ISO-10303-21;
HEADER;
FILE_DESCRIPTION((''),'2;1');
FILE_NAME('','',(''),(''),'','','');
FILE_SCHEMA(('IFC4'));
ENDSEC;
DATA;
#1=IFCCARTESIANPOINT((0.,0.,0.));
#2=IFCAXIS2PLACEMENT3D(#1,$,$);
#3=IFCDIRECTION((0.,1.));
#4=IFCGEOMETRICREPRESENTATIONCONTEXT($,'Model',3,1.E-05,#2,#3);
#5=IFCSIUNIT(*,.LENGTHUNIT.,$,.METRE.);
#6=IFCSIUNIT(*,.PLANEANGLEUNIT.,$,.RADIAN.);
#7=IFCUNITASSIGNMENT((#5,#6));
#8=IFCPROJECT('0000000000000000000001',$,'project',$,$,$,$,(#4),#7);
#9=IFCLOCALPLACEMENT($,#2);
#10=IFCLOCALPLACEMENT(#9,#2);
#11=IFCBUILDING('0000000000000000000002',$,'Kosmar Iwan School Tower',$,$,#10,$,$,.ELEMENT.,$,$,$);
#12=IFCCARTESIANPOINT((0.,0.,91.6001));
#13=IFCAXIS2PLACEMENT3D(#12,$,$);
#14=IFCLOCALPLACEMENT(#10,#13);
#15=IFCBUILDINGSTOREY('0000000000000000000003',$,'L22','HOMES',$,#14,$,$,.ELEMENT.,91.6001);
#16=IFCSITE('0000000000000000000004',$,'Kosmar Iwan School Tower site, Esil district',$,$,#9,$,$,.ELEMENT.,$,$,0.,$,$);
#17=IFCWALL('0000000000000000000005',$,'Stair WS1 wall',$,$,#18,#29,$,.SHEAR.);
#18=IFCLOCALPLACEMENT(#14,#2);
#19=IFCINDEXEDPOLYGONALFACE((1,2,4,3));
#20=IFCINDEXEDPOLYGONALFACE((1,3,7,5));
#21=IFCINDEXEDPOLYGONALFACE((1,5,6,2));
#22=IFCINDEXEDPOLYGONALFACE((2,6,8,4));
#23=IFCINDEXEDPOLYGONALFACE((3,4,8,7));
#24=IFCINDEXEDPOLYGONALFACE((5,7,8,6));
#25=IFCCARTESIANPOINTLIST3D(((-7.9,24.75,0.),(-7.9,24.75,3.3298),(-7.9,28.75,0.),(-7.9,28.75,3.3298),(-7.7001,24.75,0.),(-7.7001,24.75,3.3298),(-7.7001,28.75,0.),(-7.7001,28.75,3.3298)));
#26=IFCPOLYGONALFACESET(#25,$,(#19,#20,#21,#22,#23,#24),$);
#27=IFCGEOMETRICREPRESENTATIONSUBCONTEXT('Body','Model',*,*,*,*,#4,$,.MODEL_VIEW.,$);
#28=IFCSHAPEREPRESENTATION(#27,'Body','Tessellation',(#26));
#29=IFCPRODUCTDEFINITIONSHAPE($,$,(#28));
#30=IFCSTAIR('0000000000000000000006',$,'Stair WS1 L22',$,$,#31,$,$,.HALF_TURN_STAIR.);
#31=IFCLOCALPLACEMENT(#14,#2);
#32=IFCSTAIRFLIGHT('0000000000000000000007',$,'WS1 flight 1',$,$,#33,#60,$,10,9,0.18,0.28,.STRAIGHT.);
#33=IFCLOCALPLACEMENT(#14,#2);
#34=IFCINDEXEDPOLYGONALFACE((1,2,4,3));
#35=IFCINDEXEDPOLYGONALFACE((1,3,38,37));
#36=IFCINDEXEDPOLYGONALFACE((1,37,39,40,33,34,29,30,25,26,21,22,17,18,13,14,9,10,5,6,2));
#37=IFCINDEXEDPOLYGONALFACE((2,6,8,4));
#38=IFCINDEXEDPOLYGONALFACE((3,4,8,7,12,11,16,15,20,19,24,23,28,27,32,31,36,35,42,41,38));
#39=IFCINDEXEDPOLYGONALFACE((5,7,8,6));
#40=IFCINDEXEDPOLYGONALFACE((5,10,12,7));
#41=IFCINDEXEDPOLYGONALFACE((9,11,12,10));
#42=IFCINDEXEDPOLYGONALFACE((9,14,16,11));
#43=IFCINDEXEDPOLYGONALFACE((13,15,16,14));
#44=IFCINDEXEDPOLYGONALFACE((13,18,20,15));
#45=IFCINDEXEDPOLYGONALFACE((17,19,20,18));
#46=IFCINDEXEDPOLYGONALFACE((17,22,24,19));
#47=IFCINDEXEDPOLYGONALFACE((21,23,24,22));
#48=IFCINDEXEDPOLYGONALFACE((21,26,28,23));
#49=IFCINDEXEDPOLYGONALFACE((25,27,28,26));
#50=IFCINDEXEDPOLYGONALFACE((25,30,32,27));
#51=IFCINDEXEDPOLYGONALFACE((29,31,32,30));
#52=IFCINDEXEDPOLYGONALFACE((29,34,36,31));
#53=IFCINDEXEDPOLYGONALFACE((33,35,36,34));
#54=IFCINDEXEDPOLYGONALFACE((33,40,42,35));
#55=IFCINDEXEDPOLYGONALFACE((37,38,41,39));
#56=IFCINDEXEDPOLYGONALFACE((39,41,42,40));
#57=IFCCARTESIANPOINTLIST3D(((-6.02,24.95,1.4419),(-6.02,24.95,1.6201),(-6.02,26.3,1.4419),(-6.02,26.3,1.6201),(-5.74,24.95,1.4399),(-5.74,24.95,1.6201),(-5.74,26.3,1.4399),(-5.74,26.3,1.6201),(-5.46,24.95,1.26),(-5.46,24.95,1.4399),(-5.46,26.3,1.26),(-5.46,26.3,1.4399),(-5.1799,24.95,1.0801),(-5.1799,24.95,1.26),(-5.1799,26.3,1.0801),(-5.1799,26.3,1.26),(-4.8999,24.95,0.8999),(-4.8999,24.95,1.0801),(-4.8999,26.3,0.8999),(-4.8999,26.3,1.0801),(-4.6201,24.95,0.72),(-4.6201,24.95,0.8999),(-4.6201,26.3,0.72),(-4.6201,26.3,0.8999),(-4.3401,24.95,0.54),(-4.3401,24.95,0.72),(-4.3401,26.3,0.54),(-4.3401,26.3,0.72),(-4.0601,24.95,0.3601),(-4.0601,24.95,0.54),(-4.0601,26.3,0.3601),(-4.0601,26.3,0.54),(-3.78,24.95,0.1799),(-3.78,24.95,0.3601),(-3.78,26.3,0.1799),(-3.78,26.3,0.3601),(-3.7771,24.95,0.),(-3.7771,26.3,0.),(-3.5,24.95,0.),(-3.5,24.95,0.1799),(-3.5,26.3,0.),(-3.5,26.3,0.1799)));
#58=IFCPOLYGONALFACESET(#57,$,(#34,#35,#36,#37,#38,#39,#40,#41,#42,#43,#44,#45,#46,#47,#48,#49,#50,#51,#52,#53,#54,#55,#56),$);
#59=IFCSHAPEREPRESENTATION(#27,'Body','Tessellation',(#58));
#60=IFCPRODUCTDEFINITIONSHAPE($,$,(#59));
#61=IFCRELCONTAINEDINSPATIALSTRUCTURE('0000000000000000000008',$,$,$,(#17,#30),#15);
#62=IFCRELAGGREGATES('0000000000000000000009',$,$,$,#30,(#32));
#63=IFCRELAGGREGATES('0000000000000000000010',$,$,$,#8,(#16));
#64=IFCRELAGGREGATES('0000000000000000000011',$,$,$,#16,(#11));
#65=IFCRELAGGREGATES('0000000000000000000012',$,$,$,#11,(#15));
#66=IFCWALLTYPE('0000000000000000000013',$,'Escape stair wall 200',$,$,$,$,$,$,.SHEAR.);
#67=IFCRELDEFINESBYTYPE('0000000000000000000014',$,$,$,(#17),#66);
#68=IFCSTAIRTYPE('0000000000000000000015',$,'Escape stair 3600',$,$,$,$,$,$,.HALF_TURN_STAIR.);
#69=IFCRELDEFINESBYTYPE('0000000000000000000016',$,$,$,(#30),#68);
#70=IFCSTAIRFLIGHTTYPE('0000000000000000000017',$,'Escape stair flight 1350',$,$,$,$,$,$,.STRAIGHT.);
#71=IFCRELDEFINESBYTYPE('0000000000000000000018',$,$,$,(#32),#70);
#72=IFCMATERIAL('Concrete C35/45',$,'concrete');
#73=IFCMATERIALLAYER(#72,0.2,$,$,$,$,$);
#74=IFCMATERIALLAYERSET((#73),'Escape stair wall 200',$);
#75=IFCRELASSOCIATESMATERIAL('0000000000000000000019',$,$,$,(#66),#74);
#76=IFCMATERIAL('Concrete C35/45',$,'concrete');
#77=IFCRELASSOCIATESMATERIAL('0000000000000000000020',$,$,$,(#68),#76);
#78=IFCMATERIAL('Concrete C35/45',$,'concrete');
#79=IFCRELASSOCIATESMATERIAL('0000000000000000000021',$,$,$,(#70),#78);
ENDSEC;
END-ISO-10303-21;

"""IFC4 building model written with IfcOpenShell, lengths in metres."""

from ifc_helpers import new_model, si_unit, direction, frame, frame_2d, origin, place, context, subcontext, project, spatial, polyline, rectangle, outline, extrude, material, layer, layer_set, type_object, element, aggregate, save


model = new_model("IFC4")

# Units and contexts
model_context = context("Model", 3, precision=1e-05, world=origin(), true_north=direction((0.0, 1.0)))
body_context = subcontext(model_context, "Body", "Model", "MODEL_VIEW")
ifc_project = project(units=[si_unit("LENGTHUNIT", "METRE"), si_unit("PLANEANGLEUNIT", "RADIAN")], contexts=[model_context])

# Site, building, storey
site_placement = place(None, origin())
site = spatial("IfcSite", under=ifc_project, at=site_placement, Name="Kosmar Iwan School Tower site, Esil district", CompositionType="ELEMENT", RefElevation=0.0)
building_placement = place(site_placement, origin())
building = spatial("IfcBuilding", under=site, at=building_placement, Name="Kosmar Iwan School Tower", CompositionType="ELEMENT")
storey_placement = place(building_placement, frame((0.0, 0.0, 91.6001)))
storey = spatial("IfcBuildingStorey", under=building, at=storey_placement, Name="L22", Description="HOMES", CompositionType="ELEMENT", Elevation=91.6001)

# Wall
ifc_material_1 = material(Name="Concrete C35/45", Category="concrete")
ifc_layer_1 = layer(ifc_material_1, 0.2)
ifc_layer_set_1 = layer_set([ifc_layer_1], Name="Escape stair wall 200")
wall_type_1 = type_object("IfcWallType", Name="Escape stair wall 200", PredefinedType="SHEAR", material=ifc_layer_set_1)
wall_1_placement = place(storey_placement, frame((-7.8, 24.75, 0.0), z_axis=(0.0, 0.0, 1.0), x_axis=(0.0, 1.0, 0.0)))
element("IfcWall", 1, at=wall_1_placement, inside=storey, type_object=wall_type_1, Name="Stair WS1 wall", PredefinedType="SHEAR", context=body_context, shape_type="SweptSolid", body=[
    extrude(rectangle(XDim=4.0, YDim=0.2, at=frame_2d((2.0, 0.0))), origin(), (0.0, 0.0, 1.0), 3.3298),
])

# Stair, stair flight
ifc_material_2 = material(Name="Concrete C35/45", Category="concrete")
stair_type = type_object("IfcStairType", Name="Escape stair 3600", PredefinedType="HALF_TURN_STAIR", material=ifc_material_2)
stair_placement = place(storey_placement, origin())
stair = element("IfcStair", 2, at=stair_placement, inside=storey, type_object=stair_type, Name="Stair WS1 L22", PredefinedType="HALF_TURN_STAIR")
ifc_material_3 = material(Name="Concrete C35/45", Category="concrete")
stair_flight_type = type_object("IfcStairFlightType", Name="Escape stair flight 1350", PredefinedType="STRAIGHT", material=ifc_material_3)
stair_flight_placement = place(storey_placement, frame((-3.5, 25.625, 0.0), z_axis=(0.0, 0.0, 1.0), x_axis=(-1.0, 0.0, 0.0)))
stair_flight = element("IfcStairFlight", 3, at=stair_flight_placement, type_object=stair_flight_type, Name="WS1 flight 1", NumberOfRisers=10, NumberOfTreads=9, PredefinedType="STRAIGHT", RiserHeight=0.18, TreadLength=0.28, context=body_context, shape_type="SweptSolid", body=[
    extrude(outline(polyline([(0.0, 0.0), (0.0, 0.1799), (0.28, 0.1799), (0.28, 0.3601), (0.5601, 0.3601), (0.5601, 0.54), (0.8401, 0.54), (0.8401, 0.72), (1.1201, 0.72), (1.1201, 0.8999), (1.3999, 0.8999), (1.3999, 1.0801), (1.6799, 1.0801), (1.6799, 1.26), (1.96, 1.26), (1.96, 1.4399), (2.24, 1.4399), (2.24, 1.6201), (2.52, 1.6201), (2.52, 1.8), (2.52, 1.4419), (0.2771, 0.0), (0.0, 0.0)])), frame((0.0, 0.675, 0.0), z_axis=(0.0, -1.0, 0.0), x_axis=(1.0, 0.0, 0.0)), (0.0, 0.0, 1.0), 1.3501),
])
aggregate(stair, [stair_flight])

save(model, "model.ifc")
